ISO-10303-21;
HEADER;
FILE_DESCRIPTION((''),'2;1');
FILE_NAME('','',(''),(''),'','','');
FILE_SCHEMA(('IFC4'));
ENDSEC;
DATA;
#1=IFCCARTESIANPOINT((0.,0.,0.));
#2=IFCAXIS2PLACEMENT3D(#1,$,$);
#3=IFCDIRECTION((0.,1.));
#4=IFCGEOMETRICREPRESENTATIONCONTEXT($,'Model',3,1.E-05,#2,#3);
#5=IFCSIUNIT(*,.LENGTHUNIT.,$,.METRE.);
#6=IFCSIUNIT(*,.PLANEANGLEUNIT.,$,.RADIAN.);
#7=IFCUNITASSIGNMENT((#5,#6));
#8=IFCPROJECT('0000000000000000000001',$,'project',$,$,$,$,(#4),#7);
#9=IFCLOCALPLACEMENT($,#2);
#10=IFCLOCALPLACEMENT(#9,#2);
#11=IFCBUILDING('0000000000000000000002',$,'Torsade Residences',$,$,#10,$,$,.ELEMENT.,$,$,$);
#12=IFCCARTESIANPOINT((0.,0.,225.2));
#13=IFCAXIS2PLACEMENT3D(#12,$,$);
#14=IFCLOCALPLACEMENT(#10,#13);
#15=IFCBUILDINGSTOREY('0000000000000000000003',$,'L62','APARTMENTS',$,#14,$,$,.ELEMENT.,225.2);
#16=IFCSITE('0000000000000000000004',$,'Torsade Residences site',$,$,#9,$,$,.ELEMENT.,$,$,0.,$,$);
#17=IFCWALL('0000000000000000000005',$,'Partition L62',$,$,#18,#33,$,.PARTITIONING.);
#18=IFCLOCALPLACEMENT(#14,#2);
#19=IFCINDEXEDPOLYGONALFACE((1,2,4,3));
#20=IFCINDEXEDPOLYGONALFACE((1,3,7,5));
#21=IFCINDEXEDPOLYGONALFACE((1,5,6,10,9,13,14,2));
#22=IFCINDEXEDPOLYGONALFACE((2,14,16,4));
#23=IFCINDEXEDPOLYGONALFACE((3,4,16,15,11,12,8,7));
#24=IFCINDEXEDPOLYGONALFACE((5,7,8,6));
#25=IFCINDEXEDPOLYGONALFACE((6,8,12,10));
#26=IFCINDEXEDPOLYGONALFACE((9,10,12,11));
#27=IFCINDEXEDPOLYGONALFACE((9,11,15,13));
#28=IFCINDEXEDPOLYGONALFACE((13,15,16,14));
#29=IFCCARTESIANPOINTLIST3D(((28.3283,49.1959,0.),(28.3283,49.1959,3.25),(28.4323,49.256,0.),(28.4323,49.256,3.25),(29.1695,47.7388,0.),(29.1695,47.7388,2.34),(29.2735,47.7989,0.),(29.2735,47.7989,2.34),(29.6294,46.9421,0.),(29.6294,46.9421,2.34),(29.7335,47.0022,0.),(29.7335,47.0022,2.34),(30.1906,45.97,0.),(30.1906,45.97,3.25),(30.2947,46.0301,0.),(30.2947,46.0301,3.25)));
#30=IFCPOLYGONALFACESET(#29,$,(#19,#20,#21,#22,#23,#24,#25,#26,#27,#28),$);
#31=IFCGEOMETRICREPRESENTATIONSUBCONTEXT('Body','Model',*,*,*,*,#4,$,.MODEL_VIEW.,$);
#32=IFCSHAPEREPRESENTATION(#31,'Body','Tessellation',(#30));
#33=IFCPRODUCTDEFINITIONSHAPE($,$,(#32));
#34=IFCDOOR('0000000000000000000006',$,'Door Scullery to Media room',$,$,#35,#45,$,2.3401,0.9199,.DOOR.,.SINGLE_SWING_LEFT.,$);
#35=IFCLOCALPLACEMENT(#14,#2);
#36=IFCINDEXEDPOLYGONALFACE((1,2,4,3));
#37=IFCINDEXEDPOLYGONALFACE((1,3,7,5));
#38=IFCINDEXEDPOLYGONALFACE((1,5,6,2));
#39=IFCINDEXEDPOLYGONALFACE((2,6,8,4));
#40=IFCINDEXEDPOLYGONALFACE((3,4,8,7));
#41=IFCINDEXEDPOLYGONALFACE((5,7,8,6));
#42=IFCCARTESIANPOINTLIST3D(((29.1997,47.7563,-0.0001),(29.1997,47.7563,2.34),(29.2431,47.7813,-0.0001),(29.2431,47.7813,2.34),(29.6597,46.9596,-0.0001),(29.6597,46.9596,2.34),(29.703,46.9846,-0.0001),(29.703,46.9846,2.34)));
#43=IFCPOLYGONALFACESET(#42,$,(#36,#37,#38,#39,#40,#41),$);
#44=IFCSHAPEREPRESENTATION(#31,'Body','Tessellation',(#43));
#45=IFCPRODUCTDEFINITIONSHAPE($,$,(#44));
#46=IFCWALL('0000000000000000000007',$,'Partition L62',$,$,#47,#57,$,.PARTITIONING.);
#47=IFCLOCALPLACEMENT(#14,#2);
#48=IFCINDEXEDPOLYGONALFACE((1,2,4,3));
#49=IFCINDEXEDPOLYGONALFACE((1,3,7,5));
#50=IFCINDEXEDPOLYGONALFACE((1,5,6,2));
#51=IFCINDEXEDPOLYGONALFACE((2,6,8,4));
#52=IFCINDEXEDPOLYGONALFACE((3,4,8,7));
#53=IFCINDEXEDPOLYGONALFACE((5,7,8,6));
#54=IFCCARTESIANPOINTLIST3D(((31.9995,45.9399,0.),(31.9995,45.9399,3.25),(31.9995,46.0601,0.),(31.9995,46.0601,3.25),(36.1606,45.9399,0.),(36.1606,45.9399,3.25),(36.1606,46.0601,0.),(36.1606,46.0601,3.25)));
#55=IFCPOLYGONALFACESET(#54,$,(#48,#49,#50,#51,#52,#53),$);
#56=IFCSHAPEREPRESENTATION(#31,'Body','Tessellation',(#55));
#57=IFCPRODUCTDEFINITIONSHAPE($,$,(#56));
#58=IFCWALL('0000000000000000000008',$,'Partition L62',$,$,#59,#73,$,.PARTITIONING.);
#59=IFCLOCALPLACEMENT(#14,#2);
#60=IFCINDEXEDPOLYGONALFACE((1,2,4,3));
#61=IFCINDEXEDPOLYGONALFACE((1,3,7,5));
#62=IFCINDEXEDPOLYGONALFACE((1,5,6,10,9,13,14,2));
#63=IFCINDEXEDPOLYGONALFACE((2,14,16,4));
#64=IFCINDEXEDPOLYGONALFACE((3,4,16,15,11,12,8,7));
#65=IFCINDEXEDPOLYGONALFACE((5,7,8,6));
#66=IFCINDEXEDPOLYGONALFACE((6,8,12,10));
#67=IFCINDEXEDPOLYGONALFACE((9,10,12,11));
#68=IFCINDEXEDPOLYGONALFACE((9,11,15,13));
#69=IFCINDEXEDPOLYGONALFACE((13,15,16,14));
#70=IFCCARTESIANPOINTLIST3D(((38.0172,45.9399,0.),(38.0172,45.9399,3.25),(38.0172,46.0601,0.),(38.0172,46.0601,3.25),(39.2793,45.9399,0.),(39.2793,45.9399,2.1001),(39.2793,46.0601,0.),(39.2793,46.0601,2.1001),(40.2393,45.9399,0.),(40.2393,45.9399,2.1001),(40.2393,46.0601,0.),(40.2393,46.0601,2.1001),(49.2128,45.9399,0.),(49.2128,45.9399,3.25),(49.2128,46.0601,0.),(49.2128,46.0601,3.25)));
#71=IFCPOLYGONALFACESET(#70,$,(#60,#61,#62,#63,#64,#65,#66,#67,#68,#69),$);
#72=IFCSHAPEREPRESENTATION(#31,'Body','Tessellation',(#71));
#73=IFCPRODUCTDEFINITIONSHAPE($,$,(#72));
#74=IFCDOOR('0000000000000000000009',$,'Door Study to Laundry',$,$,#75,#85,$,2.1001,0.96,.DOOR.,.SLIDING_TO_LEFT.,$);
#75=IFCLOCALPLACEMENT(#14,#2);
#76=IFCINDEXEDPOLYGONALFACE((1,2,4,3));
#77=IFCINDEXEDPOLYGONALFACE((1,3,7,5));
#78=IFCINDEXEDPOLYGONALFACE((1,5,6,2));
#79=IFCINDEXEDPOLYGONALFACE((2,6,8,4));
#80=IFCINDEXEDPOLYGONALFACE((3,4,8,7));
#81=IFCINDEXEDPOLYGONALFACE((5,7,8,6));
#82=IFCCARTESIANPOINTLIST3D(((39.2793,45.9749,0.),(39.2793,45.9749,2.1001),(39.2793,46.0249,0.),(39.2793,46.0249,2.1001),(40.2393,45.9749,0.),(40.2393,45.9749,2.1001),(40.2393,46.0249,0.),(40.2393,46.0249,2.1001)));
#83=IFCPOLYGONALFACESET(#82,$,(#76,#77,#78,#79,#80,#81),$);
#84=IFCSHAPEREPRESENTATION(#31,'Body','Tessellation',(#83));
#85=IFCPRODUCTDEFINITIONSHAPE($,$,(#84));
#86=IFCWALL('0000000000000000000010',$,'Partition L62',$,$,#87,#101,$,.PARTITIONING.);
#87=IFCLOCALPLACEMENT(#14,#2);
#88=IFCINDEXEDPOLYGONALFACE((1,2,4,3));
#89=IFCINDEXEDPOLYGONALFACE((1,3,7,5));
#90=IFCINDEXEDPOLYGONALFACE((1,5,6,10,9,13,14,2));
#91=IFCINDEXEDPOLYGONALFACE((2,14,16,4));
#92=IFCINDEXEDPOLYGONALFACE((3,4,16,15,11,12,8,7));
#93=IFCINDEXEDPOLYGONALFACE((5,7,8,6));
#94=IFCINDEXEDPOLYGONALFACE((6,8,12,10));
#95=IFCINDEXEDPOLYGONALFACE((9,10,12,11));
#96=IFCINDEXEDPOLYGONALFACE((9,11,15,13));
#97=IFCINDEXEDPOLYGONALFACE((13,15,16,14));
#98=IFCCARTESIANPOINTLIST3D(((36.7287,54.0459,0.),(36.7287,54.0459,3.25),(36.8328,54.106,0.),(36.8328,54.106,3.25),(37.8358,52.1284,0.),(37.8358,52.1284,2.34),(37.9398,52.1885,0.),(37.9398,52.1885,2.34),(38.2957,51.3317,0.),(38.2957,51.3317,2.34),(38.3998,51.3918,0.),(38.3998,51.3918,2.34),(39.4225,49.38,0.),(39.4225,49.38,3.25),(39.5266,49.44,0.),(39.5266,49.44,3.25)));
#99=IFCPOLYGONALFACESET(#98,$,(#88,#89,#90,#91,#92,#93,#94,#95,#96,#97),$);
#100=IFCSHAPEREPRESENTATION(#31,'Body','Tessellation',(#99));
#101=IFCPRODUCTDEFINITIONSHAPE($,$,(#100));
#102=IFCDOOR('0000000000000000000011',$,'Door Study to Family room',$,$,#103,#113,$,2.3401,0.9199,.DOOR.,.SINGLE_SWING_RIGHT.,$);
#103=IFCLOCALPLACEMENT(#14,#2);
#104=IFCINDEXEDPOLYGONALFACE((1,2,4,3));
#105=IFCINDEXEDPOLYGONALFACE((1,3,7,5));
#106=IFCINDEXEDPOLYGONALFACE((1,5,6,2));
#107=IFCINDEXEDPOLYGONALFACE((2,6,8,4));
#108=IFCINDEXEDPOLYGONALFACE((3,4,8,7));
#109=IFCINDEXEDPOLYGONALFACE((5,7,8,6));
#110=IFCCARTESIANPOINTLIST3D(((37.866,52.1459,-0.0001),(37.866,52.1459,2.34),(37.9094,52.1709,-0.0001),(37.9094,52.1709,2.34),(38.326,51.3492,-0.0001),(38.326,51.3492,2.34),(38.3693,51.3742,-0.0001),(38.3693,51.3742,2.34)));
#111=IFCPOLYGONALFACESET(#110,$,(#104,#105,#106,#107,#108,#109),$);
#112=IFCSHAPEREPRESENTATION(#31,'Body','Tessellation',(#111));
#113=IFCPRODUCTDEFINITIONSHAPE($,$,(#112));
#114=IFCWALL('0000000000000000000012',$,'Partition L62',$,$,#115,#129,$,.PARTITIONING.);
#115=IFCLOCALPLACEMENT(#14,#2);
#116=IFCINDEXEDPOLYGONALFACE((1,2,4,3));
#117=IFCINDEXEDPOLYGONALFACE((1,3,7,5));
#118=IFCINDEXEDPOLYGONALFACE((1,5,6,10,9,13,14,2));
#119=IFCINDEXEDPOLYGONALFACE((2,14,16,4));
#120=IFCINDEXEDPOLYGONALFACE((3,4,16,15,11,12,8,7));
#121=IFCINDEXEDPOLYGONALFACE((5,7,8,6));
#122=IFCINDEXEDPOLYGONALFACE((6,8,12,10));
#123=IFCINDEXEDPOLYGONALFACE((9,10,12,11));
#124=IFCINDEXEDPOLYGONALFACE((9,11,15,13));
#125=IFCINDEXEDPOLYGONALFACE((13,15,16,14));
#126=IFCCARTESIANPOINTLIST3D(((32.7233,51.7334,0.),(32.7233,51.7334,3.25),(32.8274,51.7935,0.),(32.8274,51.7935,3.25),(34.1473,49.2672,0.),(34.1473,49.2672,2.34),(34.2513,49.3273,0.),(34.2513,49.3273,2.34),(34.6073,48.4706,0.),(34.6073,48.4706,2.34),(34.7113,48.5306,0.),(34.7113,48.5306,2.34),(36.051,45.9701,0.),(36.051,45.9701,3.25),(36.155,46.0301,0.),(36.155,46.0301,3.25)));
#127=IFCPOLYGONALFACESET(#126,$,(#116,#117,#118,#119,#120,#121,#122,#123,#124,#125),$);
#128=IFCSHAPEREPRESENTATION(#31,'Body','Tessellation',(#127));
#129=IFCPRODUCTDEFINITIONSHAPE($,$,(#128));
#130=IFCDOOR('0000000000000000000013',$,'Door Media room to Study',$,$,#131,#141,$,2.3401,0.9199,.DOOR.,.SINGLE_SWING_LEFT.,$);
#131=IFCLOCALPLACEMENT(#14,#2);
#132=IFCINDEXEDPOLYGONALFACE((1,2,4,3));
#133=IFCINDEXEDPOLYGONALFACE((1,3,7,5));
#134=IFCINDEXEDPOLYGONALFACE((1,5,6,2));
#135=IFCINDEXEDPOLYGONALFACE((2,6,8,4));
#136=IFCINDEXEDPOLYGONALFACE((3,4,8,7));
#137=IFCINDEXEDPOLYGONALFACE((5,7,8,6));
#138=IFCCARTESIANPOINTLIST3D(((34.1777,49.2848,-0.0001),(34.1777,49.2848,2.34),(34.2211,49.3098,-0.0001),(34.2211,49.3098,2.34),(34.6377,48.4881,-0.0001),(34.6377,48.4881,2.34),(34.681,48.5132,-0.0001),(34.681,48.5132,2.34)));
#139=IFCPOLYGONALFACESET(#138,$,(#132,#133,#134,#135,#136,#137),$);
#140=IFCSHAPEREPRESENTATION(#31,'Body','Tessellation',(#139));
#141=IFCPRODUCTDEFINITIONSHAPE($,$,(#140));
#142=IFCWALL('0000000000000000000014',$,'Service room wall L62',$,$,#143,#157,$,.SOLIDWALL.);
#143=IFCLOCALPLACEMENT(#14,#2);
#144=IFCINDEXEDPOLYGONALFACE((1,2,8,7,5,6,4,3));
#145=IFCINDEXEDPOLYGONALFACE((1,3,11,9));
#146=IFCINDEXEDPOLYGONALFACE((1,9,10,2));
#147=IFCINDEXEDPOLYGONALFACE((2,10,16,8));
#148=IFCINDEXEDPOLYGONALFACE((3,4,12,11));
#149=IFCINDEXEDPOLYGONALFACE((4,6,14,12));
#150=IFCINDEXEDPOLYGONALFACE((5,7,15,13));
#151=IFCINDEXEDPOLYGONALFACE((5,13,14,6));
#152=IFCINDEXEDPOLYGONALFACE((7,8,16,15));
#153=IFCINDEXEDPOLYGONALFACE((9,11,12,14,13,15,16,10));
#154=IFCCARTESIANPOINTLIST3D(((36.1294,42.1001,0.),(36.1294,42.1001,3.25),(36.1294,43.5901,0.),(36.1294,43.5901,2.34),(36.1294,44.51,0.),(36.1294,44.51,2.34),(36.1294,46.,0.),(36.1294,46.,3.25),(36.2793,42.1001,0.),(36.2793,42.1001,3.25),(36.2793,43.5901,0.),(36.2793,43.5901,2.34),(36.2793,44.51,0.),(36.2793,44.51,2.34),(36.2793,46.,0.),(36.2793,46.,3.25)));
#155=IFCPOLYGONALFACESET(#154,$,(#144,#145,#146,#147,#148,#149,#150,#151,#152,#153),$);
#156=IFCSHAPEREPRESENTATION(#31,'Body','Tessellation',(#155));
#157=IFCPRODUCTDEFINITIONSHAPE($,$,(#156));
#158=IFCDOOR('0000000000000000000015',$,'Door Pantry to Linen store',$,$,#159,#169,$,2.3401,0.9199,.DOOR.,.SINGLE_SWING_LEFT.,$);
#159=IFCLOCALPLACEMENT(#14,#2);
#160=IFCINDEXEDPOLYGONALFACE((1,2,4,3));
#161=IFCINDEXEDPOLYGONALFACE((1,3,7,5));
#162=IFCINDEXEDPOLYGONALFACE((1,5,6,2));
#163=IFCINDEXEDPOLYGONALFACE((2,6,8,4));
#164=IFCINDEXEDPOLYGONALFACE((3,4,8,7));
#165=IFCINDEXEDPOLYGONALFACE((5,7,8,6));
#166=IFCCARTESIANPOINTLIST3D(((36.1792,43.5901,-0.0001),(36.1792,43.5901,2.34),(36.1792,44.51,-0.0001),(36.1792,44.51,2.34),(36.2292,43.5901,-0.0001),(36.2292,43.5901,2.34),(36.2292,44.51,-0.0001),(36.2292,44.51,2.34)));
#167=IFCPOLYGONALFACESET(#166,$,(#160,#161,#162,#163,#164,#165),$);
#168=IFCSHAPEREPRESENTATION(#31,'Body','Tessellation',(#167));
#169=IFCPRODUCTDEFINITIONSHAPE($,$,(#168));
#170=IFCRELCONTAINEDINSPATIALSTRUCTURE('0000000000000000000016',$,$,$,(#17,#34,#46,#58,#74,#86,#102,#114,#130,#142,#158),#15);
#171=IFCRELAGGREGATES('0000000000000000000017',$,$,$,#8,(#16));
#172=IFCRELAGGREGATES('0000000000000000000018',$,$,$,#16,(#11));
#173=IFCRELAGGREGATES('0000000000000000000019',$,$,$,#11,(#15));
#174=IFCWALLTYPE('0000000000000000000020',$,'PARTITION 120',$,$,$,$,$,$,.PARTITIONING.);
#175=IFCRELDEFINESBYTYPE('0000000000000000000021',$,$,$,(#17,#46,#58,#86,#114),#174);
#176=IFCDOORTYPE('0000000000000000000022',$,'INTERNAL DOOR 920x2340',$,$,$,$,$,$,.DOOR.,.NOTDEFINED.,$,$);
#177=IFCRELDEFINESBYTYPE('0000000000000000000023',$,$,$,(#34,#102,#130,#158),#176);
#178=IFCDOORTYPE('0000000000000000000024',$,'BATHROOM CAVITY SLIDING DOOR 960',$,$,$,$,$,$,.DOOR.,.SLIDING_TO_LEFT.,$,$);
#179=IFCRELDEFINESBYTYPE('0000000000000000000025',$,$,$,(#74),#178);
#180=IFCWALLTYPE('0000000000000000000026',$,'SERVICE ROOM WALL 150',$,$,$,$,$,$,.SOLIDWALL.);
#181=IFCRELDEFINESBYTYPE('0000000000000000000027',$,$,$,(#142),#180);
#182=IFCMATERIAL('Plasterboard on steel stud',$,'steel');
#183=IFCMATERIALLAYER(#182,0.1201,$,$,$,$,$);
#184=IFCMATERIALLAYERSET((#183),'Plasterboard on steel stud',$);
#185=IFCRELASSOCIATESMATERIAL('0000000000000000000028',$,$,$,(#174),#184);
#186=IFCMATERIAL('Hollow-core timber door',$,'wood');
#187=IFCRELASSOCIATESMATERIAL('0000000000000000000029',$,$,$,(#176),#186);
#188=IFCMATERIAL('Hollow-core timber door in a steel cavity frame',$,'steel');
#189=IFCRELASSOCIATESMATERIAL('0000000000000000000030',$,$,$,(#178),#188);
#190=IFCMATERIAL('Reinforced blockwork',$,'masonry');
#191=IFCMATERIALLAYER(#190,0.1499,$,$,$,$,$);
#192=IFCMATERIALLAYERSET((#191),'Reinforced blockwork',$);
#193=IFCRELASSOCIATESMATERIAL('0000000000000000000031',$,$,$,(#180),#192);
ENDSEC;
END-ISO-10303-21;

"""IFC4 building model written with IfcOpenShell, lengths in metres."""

from ifc_helpers import new_model, si_unit, direction, frame, frame_2d, origin, place, context, subcontext, project, spatial, rectangle, extrude, material, layer, layer_set, type_object, element, fill, save


model = new_model("IFC4")

# Units and contexts
model_context = context("Model", 3, precision=1e-05, world=origin(), true_north=direction((0.0, 1.0)))
body_context = subcontext(model_context, "Body", "Model", "MODEL_VIEW")
ifc_project = project(units=[si_unit("LENGTHUNIT", "METRE"), si_unit("PLANEANGLEUNIT", "RADIAN")], contexts=[model_context])

# Site, building, storey
site_placement = place(None, origin())
site = spatial("IfcSite", under=ifc_project, at=site_placement, Name="Torsade Residences site", CompositionType="ELEMENT", RefElevation=0.0)
building_placement = place(site_placement, origin())
building = spatial("IfcBuilding", under=site, at=building_placement, Name="Torsade Residences", CompositionType="ELEMENT")
storey_placement = place(building_placement, frame((0.0, 0.0, 225.2)))
storey = spatial("IfcBuildingStorey", under=building, at=storey_placement, Name="L62", Description="APARTMENTS", CompositionType="ELEMENT", Elevation=225.2)

# Wall, opening, door
ifc_material_1 = material(Name="Plasterboard on steel stud", Category="steel")
ifc_layer_1 = layer(ifc_material_1, 0.1201)
ifc_layer_set_1 = layer_set([ifc_layer_1], Name="Plasterboard on steel stud")
wall_type_1 = type_object("IfcWallType", Name="PARTITION 120", PredefinedType="PARTITIONING", material=ifc_layer_set_1)
wall_1_placement = place(storey_placement, frame((28.3804, 49.2258, 0.0), z_axis=(0.0, 0.0, 1.0), x_axis=(0.499974, -0.86604, 0.0)))
wall_1 = element("IfcWall", 1, at=wall_1_placement, inside=storey, type_object=wall_type_1, Name="Partition L62", PredefinedType="PARTITIONING", context=body_context, shape_type="SweptSolid", body=[
    extrude(rectangle(XDim=3.7249, YDim=0.1201, at=frame_2d((1.8623, 0.0))), origin(), (0.0, 0.0, 1.0), 3.25),
])
opening_1_placement = place(wall_1_placement, frame((1.6824, 0.0, 0.0)))
opening_1 = element("IfcOpeningElement", 2, at=opening_1_placement, cuts=wall_1, PredefinedType="OPENING", context=body_context, shape_type="SweptSolid", body=[
    extrude(rectangle(XDim=0.9199, YDim=2.3401, at=frame_2d((0.46, 1.1699))), frame((0.0, 0.0701, 0.0), z_axis=(0.0, -1.0, 0.0), x_axis=(1.0, 0.0, 0.0)), (0.0, 0.0, 1.0), 0.1401),
])
ifc_material_2 = material(Name="Hollow-core timber door", Category="wood")
door_type_1 = type_object("IfcDoorType", Name="INTERNAL DOOR 920x2340", OperationType="NOTDEFINED", PredefinedType="DOOR", material=ifc_material_2)
door_1_placement = place(opening_1_placement, origin())
door_1 = element("IfcDoor", 3, at=door_1_placement, inside=storey, type_object=door_type_1, Name="Door Scullery to Media room", OperationType="SINGLE_SWING_LEFT", OverallHeight=2.3401, OverallWidth=0.9199, PredefinedType="DOOR", context=body_context, shape_type="SweptSolid", body=[
    extrude(rectangle(XDim=0.9199, YDim=2.3401, at=frame_2d((0.46, 1.1699))), frame((0.0, 0.0249, 0.0), z_axis=(0.0, -1.0, 0.0), x_axis=(1.0, 0.0, 0.0)), (0.0, 0.0, 1.0), 0.05),
])
fill(opening_1, door_1)

# Wall
wall_2_placement = place(storey_placement, frame((31.9995, 46.0, 0.0), z_axis=(0.0, 0.0, 1.0), x_axis=(1.0, 0.0, 0.0)))
element("IfcWall", 4, at=wall_2_placement, inside=storey, type_object=wall_type_1, Name="Partition L62", PredefinedType="PARTITIONING", context=body_context, shape_type="SweptSolid", body=[
    extrude(rectangle(XDim=4.1611, YDim=0.1201, at=frame_2d((2.0806, 0.0))), origin(), (0.0, 0.0, 1.0), 3.25),
])

# Walls, openings, doors
wall_3_placement = place(storey_placement, frame((38.0173, 46.0, 0.0), z_axis=(0.0, 0.0, 1.0), x_axis=(1.0, 0.0, 0.0)))
wall_3 = element("IfcWall", 5, at=wall_3_placement, inside=storey, type_object=wall_type_1, Name="Partition L62", PredefinedType="PARTITIONING", context=body_context, shape_type="SweptSolid", body=[
    extrude(rectangle(XDim=11.1956, YDim=0.1201, at=frame_2d((5.5977, 0.0))), origin(), (0.0, 0.0, 1.0), 3.25),
])
opening_2_placement = place(wall_3_placement, frame((1.262, 0.0, 0.0)))
opening_2 = element("IfcOpeningElement", 6, at=opening_2_placement, cuts=wall_3, PredefinedType="OPENING", context=body_context, shape_type="SweptSolid", body=[
    extrude(rectangle(XDim=0.96, YDim=2.1001, at=frame_2d((0.48, 1.05))), frame((0.0, 0.0701, 0.0), z_axis=(0.0, -1.0, 0.0), x_axis=(1.0, 0.0, 0.0)), (0.0, 0.0, 1.0), 0.1401),
])
ifc_material_3 = material(Name="Hollow-core timber door in a steel cavity frame", Category="steel")
door_type_2 = type_object("IfcDoorType", Name="BATHROOM CAVITY SLIDING DOOR 960", OperationType="SLIDING_TO_LEFT", PredefinedType="DOOR", material=ifc_material_3)
door_2_placement = place(opening_2_placement, origin())
door_2 = element("IfcDoor", 7, at=door_2_placement, inside=storey, type_object=door_type_2, Name="Door Study to Laundry", OperationType="SLIDING_TO_LEFT", OverallHeight=2.1001, OverallWidth=0.96, PredefinedType="DOOR", context=body_context, shape_type="SweptSolid", body=[
    extrude(rectangle(XDim=0.96, YDim=2.1001, at=frame_2d((0.48, 1.05))), frame((0.0, 0.0249, 0.0), z_axis=(0.0, -1.0, 0.0), x_axis=(1.0, 0.0, 0.0)), (0.0, 0.0, 1.0), 0.05),
])
fill(opening_2, door_2)
wall_4_placement = place(storey_placement, frame((36.7808, 54.0759, 0.0), z_axis=(0.0, 0.0, 1.0), x_axis=(0.499989, -0.866032, 0.0)))
wall_4 = element("IfcWall", 8, at=wall_4_placement, inside=storey, type_object=wall_type_1, Name="Partition L62", PredefinedType="PARTITIONING", context=body_context, shape_type="SweptSolid", body=[
    extrude(rectangle(XDim=5.3877, YDim=0.1201, at=frame_2d((2.6938, 0.0))), origin(), (0.0, 0.0, 1.0), 3.25),
])
opening_3_placement = place(wall_4_placement, frame((2.2141, 0.0, 0.0)))
opening_3 = element("IfcOpeningElement", 9, at=opening_3_placement, cuts=wall_4, PredefinedType="OPENING", context=body_context, shape_type="SweptSolid", body=[
    extrude(rectangle(XDim=0.9199, YDim=2.3401, at=frame_2d((0.46, 1.1699))), frame((0.0, 0.0701, 0.0), z_axis=(0.0, -1.0, 0.0), x_axis=(1.0, 0.0, 0.0)), (0.0, 0.0, 1.0), 0.1401),
])
door_3_placement = place(opening_3_placement, origin())
door_3 = element("IfcDoor", 10, at=door_3_placement, inside=storey, type_object=door_type_1, Name="Door Study to Family room", OperationType="SINGLE_SWING_RIGHT", OverallHeight=2.3401, OverallWidth=0.9199, PredefinedType="DOOR", context=body_context, shape_type="SweptSolid", body=[
    extrude(rectangle(XDim=0.9199, YDim=2.3401, at=frame_2d((0.46, 1.1699))), frame((0.0, 0.0249, 0.0), z_axis=(0.0, -1.0, 0.0), x_axis=(1.0, 0.0, 0.0)), (0.0, 0.0, 1.0), 0.05),
])
fill(opening_3, door_3)
wall_5_placement = place(storey_placement, frame((36.103, 46.0, 0.0), z_axis=(0.0, 0.0, 1.0), x_axis=(-0.500014, 0.866018, 0.0)))
wall_5 = element("IfcWall", 11, at=wall_5_placement, inside=storey, type_object=wall_type_1, Name="Partition L62", PredefinedType="PARTITIONING", context=body_context, shape_type="SweptSolid", body=[
    extrude(rectangle(XDim=6.655, YDim=0.1201, at=frame_2d((3.3276, 0.0))), origin(), (0.0, 0.0, 1.0), 3.25),
])
opening_4_placement = place(wall_5_placement, frame((2.8875, 0.0, 0.0)))
opening_4 = element("IfcOpeningElement", 12, at=opening_4_placement, cuts=wall_5, PredefinedType="OPENING", context=body_context, shape_type="SweptSolid", body=[
    extrude(rectangle(XDim=0.9199, YDim=2.3401, at=frame_2d((0.46, 1.1699))), frame((0.0, 0.0701, 0.0), z_axis=(0.0, -1.0, 0.0), x_axis=(1.0, 0.0, 0.0)), (0.0, 0.0, 1.0), 0.1401),
])
door_4_placement = place(opening_4_placement, origin())
door_4 = element("IfcDoor", 13, at=door_4_placement, inside=storey, type_object=door_type_1, Name="Door Media room to Study", OperationType="SINGLE_SWING_LEFT", OverallHeight=2.3401, OverallWidth=0.9199, PredefinedType="DOOR", context=body_context, shape_type="SweptSolid", body=[
    extrude(rectangle(XDim=0.9199, YDim=2.3401, at=frame_2d((0.46, 1.1699))), frame((0.0, 0.0249, 0.0), z_axis=(0.0, -1.0, 0.0), x_axis=(1.0, 0.0, 0.0)), (0.0, 0.0, 1.0), 0.05),
])
fill(opening_4, door_4)
ifc_material_4 = material(Name="Reinforced blockwork", Category="masonry")
ifc_layer_2 = layer(ifc_material_4, 0.1499)
ifc_layer_set_2 = layer_set([ifc_layer_2], Name="Reinforced blockwork")
wall_type_2 = type_object("IfcWallType", Name="SERVICE ROOM WALL 150", PredefinedType="SOLIDWALL", material=ifc_layer_set_2)
wall_6_placement = place(storey_placement, frame((36.2043, 46.0, 0.0), z_axis=(0.0, 0.0, 1.0), x_axis=(0.0, -1.0, 0.0)))
wall_6 = element("IfcWall", 14, at=wall_6_placement, inside=storey, type_object=wall_type_2, Name="Service room wall L62", PredefinedType="SOLIDWALL", context=body_context, shape_type="SweptSolid", body=[
    extrude(rectangle(XDim=3.8999, YDim=0.1499, at=frame_2d((1.95, 0.0))), origin(), (0.0, 0.0, 1.0), 3.25),
])
opening_5_placement = place(wall_6_placement, frame((1.49, 0.0, 0.0)))
opening_5 = element("IfcOpeningElement", 15, at=opening_5_placement, cuts=wall_6, PredefinedType="OPENING", context=body_context, shape_type="SweptSolid", body=[
    extrude(rectangle(XDim=0.9199, YDim=2.3401, at=frame_2d((0.46, 1.1699))), frame((0.0, 0.085, 0.0), z_axis=(0.0, -1.0, 0.0), x_axis=(1.0, 0.0, 0.0)), (0.0, 0.0, 1.0), 0.1699),
])
door_5_placement = place(opening_5_placement, origin())
door_5 = element("IfcDoor", 16, at=door_5_placement, inside=storey, type_object=door_type_1, Name="Door Pantry to Linen store", OperationType="SINGLE_SWING_LEFT", OverallHeight=2.3401, OverallWidth=0.9199, PredefinedType="DOOR", context=body_context, shape_type="SweptSolid", body=[
    extrude(rectangle(XDim=0.9199, YDim=2.3401, at=frame_2d((0.46, 1.1699))), frame((0.0, 0.0249, 0.0), z_axis=(0.0, -1.0, 0.0), x_axis=(1.0, 0.0, 0.0)), (0.0, 0.0, 1.0), 0.05),
])
fill(opening_5, door_5)

save(model, "model.ifc")
